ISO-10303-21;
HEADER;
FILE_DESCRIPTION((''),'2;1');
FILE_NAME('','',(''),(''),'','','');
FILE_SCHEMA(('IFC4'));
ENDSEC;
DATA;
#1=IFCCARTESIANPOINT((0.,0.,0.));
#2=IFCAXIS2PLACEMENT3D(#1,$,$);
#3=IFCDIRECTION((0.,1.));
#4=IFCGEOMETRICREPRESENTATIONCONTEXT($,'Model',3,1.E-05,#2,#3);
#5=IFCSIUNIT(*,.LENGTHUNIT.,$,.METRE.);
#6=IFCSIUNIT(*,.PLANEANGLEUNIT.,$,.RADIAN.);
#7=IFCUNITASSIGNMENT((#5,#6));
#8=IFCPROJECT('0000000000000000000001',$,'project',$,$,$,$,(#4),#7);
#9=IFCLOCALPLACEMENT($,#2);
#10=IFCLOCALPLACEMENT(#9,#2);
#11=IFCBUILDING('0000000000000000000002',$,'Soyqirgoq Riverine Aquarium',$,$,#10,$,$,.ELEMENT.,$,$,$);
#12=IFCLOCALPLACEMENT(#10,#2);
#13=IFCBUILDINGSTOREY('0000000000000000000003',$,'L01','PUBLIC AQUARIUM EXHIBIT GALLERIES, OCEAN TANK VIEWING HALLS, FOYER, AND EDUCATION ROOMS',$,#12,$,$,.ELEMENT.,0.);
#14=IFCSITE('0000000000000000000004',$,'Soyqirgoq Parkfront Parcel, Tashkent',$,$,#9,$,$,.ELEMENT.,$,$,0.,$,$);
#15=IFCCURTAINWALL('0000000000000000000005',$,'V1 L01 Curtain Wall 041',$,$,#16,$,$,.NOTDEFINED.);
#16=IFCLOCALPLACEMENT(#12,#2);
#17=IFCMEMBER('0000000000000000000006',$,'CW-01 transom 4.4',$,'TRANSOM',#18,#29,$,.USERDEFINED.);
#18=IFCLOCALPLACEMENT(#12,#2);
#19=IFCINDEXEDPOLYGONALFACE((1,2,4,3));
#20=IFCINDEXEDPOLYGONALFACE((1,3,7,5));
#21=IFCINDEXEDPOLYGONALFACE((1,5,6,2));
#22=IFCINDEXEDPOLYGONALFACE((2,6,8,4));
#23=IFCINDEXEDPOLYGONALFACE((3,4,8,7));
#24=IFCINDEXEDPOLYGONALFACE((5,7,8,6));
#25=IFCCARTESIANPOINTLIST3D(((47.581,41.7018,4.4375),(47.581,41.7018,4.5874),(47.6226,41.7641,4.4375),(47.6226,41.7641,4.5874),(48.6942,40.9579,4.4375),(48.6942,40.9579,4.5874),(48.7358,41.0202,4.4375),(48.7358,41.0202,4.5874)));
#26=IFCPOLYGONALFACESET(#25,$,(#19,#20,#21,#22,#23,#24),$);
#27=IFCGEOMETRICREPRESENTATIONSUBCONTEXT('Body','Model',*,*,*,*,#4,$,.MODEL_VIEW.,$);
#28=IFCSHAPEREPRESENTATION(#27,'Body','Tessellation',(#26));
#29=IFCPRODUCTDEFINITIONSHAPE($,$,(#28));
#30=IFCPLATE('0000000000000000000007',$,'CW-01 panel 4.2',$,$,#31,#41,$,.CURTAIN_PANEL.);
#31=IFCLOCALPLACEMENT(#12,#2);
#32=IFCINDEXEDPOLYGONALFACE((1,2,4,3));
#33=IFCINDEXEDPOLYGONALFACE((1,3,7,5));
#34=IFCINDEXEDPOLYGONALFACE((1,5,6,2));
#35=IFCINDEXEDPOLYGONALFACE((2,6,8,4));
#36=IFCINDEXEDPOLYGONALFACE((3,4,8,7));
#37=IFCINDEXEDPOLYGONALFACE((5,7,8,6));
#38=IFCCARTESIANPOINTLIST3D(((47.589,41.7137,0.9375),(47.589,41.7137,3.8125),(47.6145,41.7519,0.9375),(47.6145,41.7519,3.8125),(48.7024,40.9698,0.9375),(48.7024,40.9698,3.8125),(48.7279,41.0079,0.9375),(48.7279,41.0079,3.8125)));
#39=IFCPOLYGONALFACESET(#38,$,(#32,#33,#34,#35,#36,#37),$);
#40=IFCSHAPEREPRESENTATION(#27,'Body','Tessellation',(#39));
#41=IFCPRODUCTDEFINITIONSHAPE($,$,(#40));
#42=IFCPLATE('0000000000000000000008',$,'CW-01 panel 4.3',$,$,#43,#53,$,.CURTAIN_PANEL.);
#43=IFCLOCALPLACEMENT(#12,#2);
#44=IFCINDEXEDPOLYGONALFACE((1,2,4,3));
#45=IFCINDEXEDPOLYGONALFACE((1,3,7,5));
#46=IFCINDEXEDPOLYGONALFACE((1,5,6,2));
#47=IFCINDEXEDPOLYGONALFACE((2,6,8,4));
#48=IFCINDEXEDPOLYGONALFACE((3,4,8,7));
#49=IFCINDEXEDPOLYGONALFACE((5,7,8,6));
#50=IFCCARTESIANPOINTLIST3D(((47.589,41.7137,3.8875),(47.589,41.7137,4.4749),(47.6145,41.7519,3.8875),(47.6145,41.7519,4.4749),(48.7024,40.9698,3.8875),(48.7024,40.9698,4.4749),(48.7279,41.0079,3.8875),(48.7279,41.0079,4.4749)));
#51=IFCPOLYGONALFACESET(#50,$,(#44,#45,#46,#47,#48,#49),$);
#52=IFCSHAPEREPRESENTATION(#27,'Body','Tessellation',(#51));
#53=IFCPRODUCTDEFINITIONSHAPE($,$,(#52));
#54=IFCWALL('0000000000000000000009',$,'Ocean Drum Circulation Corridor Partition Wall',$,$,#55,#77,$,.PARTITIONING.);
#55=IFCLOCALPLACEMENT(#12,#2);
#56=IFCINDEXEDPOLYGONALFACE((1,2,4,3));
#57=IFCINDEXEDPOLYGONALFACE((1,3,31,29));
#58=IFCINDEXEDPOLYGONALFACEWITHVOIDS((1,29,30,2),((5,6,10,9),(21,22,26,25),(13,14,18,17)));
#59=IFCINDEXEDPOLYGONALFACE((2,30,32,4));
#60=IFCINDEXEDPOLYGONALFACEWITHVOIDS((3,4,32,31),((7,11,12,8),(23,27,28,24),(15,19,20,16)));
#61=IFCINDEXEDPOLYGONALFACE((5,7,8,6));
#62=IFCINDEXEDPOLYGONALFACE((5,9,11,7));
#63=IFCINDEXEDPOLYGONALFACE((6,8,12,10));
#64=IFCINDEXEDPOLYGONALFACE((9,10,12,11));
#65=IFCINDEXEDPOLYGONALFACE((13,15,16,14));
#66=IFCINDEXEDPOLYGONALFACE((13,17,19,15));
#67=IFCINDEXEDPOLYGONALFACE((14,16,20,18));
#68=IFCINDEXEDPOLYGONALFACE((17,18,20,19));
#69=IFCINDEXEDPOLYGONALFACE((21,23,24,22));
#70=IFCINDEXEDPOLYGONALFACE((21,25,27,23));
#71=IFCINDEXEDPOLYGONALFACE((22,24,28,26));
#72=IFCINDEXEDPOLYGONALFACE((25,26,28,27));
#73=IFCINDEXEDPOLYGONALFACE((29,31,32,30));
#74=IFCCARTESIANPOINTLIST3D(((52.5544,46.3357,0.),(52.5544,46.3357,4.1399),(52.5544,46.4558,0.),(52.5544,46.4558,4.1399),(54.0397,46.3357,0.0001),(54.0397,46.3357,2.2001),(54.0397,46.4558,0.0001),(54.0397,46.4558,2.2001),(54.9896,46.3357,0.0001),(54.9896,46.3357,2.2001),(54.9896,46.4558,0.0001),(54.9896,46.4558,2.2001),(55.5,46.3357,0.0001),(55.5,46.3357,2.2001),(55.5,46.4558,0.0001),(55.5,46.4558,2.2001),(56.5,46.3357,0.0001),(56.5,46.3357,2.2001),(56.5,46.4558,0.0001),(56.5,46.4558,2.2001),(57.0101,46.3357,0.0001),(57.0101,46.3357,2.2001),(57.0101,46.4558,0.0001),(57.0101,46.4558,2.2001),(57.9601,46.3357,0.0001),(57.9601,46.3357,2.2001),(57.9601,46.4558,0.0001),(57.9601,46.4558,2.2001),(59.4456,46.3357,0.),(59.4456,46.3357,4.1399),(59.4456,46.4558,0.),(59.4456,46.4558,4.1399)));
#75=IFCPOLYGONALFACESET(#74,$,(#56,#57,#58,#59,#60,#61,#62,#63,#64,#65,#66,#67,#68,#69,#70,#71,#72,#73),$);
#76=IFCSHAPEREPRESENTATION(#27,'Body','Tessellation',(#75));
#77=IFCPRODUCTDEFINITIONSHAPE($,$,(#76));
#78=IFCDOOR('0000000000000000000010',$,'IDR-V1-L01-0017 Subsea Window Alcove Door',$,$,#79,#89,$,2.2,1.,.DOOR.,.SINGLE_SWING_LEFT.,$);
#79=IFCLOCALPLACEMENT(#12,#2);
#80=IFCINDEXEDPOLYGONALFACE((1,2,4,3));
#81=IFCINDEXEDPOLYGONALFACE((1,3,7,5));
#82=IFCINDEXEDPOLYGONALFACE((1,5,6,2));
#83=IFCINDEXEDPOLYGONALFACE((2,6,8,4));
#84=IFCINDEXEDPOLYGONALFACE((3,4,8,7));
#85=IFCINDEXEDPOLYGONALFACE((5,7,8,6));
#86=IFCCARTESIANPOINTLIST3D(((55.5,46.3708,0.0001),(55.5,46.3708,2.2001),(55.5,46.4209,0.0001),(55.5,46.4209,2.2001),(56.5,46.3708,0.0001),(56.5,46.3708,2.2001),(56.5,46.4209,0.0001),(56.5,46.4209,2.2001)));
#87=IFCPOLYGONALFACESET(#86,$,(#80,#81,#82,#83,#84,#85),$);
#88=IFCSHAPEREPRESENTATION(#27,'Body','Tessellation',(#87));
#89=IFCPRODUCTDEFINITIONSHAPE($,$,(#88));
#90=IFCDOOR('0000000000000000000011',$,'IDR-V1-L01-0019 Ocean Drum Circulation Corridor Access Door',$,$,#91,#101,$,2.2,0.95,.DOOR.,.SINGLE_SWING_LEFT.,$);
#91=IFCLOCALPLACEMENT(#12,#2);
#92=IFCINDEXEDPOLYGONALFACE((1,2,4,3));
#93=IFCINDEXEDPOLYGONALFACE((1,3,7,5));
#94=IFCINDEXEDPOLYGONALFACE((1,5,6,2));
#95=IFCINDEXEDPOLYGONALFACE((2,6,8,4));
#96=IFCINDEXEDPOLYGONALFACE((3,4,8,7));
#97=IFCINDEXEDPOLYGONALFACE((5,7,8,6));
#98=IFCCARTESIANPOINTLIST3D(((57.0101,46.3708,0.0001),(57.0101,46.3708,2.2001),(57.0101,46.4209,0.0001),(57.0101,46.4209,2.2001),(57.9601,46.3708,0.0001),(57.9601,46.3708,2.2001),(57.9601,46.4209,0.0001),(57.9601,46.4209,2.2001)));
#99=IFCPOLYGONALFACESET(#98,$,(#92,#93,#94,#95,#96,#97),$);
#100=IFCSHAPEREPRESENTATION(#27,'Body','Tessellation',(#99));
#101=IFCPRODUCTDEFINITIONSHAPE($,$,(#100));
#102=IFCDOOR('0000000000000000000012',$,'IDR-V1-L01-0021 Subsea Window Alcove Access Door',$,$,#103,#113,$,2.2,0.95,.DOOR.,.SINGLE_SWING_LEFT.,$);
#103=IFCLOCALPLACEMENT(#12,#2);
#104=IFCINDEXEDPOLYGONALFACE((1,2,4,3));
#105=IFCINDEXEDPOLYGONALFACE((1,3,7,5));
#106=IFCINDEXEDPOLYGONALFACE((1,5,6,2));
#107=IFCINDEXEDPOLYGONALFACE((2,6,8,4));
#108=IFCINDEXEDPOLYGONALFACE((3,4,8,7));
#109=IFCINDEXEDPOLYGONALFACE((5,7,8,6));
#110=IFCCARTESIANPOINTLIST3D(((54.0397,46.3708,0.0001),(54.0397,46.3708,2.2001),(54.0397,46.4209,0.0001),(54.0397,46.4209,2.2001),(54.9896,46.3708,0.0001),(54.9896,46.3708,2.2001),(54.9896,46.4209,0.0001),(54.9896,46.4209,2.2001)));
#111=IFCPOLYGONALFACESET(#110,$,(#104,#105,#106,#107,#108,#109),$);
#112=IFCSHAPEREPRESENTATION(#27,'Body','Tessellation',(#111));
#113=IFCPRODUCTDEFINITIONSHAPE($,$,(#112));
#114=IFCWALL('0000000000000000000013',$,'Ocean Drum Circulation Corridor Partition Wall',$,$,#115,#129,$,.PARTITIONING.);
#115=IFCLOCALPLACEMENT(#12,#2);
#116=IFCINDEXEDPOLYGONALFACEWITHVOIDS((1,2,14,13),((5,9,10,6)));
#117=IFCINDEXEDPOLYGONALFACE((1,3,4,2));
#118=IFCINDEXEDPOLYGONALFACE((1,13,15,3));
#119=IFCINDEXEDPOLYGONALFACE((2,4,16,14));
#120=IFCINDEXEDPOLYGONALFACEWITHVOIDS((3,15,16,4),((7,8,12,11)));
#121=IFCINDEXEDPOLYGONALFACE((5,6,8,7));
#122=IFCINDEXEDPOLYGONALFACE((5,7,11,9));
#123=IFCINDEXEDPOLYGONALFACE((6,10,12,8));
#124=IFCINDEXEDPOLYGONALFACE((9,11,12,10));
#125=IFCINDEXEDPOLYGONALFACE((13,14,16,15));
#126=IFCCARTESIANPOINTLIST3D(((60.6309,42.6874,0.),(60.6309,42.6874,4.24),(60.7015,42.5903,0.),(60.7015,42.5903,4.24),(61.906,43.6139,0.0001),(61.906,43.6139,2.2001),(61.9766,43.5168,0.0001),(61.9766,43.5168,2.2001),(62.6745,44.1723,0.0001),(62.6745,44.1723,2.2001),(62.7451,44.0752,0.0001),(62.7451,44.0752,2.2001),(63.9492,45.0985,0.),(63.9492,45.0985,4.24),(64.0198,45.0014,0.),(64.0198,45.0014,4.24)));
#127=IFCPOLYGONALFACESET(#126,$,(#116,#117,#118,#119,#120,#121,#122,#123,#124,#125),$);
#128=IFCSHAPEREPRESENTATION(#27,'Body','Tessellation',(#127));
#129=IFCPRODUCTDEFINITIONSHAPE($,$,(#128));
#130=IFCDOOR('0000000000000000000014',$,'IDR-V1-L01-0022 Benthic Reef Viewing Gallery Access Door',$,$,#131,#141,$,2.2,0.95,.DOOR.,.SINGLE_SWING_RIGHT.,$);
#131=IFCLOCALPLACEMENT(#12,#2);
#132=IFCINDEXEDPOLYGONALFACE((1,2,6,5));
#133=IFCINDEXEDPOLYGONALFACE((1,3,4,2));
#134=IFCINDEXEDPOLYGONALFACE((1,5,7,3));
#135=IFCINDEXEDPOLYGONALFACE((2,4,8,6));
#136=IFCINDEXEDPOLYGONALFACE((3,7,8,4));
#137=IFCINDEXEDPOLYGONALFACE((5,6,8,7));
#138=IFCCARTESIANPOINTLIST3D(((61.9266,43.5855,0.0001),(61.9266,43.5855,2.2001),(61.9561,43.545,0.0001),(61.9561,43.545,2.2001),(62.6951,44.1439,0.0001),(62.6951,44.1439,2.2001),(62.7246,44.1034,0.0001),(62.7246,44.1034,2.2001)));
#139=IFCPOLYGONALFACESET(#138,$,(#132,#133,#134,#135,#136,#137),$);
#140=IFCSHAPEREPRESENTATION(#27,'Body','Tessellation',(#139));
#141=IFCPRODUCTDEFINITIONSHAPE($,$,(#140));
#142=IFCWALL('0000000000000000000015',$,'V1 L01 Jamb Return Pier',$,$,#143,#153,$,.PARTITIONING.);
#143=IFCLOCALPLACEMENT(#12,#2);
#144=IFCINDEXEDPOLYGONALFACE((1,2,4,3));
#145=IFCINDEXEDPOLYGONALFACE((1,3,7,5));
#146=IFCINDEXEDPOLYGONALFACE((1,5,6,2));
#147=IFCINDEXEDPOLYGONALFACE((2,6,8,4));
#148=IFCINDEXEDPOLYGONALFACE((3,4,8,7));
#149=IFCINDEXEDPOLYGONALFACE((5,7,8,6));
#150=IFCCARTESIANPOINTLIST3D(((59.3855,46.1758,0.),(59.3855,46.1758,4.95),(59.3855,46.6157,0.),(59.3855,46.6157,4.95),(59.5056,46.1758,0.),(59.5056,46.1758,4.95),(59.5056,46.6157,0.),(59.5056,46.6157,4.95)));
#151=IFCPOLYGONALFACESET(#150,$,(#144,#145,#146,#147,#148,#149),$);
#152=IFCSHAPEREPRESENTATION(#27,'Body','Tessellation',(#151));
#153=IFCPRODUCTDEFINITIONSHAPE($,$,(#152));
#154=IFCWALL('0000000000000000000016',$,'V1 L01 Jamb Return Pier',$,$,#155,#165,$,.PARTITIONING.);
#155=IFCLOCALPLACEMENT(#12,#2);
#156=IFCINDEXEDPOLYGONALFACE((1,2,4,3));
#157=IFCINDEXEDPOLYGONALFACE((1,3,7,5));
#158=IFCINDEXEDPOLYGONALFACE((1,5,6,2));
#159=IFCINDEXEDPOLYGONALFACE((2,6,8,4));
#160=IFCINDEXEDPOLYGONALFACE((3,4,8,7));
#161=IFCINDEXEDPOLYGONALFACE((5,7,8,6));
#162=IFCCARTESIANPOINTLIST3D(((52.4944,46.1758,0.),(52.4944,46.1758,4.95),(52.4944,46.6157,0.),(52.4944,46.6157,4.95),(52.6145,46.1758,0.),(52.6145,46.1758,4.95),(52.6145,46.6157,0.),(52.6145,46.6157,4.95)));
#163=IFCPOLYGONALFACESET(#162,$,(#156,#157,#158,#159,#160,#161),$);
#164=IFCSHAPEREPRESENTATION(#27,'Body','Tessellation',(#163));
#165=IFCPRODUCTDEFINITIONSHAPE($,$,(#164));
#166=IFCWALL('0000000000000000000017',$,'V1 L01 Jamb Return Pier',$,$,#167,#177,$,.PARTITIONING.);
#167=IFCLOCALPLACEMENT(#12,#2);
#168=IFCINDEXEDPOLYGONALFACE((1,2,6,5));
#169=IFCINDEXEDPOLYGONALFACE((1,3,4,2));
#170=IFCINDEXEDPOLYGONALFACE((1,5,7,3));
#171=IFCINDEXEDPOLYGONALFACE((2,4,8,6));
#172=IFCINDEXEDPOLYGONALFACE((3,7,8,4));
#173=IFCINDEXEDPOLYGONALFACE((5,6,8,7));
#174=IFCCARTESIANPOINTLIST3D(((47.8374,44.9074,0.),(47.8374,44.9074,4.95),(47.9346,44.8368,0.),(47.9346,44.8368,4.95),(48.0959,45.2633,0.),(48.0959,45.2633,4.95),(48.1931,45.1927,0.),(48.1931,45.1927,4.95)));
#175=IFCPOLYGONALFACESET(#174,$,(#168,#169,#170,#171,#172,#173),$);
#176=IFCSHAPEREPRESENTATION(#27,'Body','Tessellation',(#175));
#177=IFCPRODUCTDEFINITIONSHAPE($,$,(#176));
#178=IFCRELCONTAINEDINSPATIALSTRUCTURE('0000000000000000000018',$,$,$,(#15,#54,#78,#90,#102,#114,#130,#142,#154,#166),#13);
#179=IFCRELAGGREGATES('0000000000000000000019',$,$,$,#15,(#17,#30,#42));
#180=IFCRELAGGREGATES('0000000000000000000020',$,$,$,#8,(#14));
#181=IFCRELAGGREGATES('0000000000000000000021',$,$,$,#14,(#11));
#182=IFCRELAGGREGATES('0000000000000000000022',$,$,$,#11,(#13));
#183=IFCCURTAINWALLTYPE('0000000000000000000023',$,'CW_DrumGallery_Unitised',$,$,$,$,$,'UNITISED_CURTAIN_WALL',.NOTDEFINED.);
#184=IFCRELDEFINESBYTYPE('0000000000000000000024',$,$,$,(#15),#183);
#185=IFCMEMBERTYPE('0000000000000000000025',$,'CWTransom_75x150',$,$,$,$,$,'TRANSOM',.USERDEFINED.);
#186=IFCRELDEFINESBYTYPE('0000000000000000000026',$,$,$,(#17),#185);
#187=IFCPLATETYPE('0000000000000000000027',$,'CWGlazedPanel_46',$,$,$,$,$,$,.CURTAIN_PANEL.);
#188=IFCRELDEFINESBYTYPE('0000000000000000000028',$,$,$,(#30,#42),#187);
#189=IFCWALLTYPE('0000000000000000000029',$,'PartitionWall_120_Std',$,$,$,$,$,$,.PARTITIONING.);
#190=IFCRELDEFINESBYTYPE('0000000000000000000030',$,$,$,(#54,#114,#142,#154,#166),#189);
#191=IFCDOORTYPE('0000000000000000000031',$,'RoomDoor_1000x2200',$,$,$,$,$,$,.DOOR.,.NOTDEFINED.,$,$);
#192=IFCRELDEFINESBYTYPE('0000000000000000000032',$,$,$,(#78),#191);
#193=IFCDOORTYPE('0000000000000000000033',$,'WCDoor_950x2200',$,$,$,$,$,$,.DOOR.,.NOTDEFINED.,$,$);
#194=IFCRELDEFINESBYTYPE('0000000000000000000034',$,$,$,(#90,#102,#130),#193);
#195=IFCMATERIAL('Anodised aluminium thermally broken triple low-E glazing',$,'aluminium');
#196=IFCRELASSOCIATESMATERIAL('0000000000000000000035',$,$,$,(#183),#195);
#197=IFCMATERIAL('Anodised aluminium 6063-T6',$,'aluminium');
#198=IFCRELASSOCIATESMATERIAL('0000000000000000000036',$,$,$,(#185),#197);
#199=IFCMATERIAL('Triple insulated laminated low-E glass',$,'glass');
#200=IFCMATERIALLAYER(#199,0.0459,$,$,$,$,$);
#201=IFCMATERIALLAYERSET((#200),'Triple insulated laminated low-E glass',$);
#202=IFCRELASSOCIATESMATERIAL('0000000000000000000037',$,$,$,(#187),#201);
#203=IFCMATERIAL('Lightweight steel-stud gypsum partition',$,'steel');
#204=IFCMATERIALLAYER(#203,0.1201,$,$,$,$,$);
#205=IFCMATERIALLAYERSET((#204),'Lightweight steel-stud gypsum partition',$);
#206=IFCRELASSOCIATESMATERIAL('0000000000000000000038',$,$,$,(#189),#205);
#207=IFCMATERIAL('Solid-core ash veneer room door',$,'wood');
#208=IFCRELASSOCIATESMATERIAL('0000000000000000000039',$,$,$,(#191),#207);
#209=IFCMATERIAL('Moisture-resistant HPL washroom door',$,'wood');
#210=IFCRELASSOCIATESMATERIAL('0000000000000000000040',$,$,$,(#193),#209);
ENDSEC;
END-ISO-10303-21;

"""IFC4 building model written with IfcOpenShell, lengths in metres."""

from ifc_helpers import new_model, si_unit, direction, frame, frame_2d, origin, origin_2d, place, context, subcontext, project, spatial, rectangle, extrude, material, layer, layer_set, material_profile, profile_set, type_object, element, fill, aggregate, save


model = new_model("IFC4")

# Units and contexts
model_context = context("Model", 3, precision=1e-05, world=origin(), true_north=direction((0.0, 1.0)))
body_context = subcontext(model_context, "Body", "Model", "MODEL_VIEW")
ifc_project = project(units=[si_unit("LENGTHUNIT", "METRE"), si_unit("PLANEANGLEUNIT", "RADIAN")], contexts=[model_context])

# Site, building, storey
site_placement = place(None, origin())
site = spatial("IfcSite", under=ifc_project, at=site_placement, Name="Soyqirgoq Parkfront Parcel, Tashkent", CompositionType="ELEMENT", RefElevation=0.0)
building_placement = place(site_placement, origin())
building = spatial("IfcBuilding", under=site, at=building_placement, Name="Soyqirgoq Riverine Aquarium", CompositionType="ELEMENT")
storey_placement = place(building_placement, origin())
storey = spatial("IfcBuildingStorey", under=building, at=storey_placement, Name="L01", Description="PUBLIC AQUARIUM EXHIBIT GALLERIES, OCEAN TANK VIEWING HALLS, FOYER, AND EDUCATION ROOMS", CompositionType="ELEMENT", Elevation=0.0)

# Curtain wall, member, plates
ifc_material_1 = material(Name="Anodised aluminium thermally broken triple low-E glazing", Category="aluminium")
curtain_wall_type = type_object("IfcCurtainWallType", Name="CW_DrumGallery_Unitised", ElementType="UNITISED_CURTAIN_WALL", PredefinedType="NOTDEFINED", material=ifc_material_1)
curtain_wall_placement = place(storey_placement, origin())
curtain_wall = element("IfcCurtainWall", 1, at=curtain_wall_placement, inside=storey, type_object=curtain_wall_type, Name="V1 L01 Curtain Wall 041", PredefinedType="NOTDEFINED")
ifc_material_2 = material(Name="Anodised aluminium 6063-T6", Category="aluminium")
ifc_material_profile = material_profile(ifc_material_2, rectangle(XDim=0.075, YDim=0.1499, at=origin_2d()), Name="ALU-T 75x150")
ifc_profile_set = profile_set([ifc_material_profile], Name="Anodised aluminium 6063-T6")
member_type = type_object("IfcMemberType", Name="CWTransom_75x150", ElementType="TRANSOM", PredefinedType="USERDEFINED", material=ifc_profile_set)
member_placement = place(storey_placement, frame((47.6018, 41.7329, 4.5125), z_axis=(0.831461, -0.555584, 0.0), x_axis=(0.555584, 0.831461, 0.0)))
member = element("IfcMember", 2, at=member_placement, type_object=member_type, Name="CW-01 transom 4.4", ObjectType="TRANSOM", PredefinedType="USERDEFINED", context=body_context, shape_type="SweptSolid", body=[
    extrude(rectangle(XDim=0.075, YDim=0.1499, at=origin_2d()), origin(), (0.0, 0.0, 1.0), 1.3389),
])
ifc_material_3 = material(Name="Triple insulated laminated low-E glass", Category="glass")
ifc_layer_1 = layer(ifc_material_3, 0.0459)
ifc_layer_set_1 = layer_set([ifc_layer_1], Name="Triple insulated laminated low-E glass")
plate_type = type_object("IfcPlateType", Name="CWGlazedPanel_46", PredefinedType="CURTAIN_PANEL", material=ifc_layer_set_1)
plate_1_placement = place(storey_placement, frame((48.1584, 41.3608, 0.9375), z_axis=(0.0, 0.0, 1.0), x_axis=(0.831467, -0.555574, 0.0)))
plate_1 = element("IfcPlate", 3, at=plate_1_placement, type_object=plate_type, Name="CW-01 panel 4.2", PredefinedType="CURTAIN_PANEL", context=body_context, shape_type="SweptSolid", body=[
    extrude(rectangle(XDim=1.3391, YDim=0.0459, at=origin_2d()), origin(), (0.0, 0.0, 1.0), 2.875),
])
plate_2_placement = place(storey_placement, frame((48.1584, 41.3608, 3.8875), z_axis=(0.0, 0.0, 1.0), x_axis=(0.831467, -0.555574, 0.0)))
plate_2 = element("IfcPlate", 4, at=plate_2_placement, type_object=plate_type, Name="CW-01 panel 4.3", PredefinedType="CURTAIN_PANEL", context=body_context, shape_type="SweptSolid", body=[
    extrude(rectangle(XDim=1.3391, YDim=0.0459, at=origin_2d()), origin(), (0.0, 0.0, 1.0), 0.5874),
])
aggregate(curtain_wall, [member, plate_1, plate_2])

# Wall, openings, doors
ifc_material_4 = material(Name="Lightweight steel-stud gypsum partition", Category="steel")
ifc_layer_2 = layer(ifc_material_4, 0.1201)
ifc_layer_set_2 = layer_set([ifc_layer_2], Name="Lightweight steel-stud gypsum partition")
wall_type_1 = type_object("IfcWallType", Name="PartitionWall_120_Std", PredefinedType="PARTITIONING", material=ifc_layer_set_2)
wall_1_placement = place(storey_placement, frame((59.4456, 46.3958, 0.0), z_axis=(0.0, 0.0, 1.0), x_axis=(-1.0, 0.0, 0.0)))
wall_1 = element("IfcWall", 5, at=wall_1_placement, inside=storey, type_object=wall_type_1, Name="Ocean Drum Circulation Corridor Partition Wall", PredefinedType="PARTITIONING", context=body_context, shape_type="SweptSolid", body=[
    extrude(rectangle(XDim=6.8911, YDim=0.1201, at=frame_2d((3.4456, 0.0))), origin(), (0.0, 0.0, 1.0), 4.1399),
])
opening_1_placement = place(wall_1_placement, frame((2.9456, 0.0, 0.0)))
opening_1 = element("IfcOpeningElement", 6, at=opening_1_placement, cuts=wall_1, PredefinedType="OPENING", context=body_context, shape_type="SweptSolid", body=[
    extrude(rectangle(XDim=1.0, YDim=2.2, at=frame_2d((0.5, 1.1001))), frame((0.0, 0.0701, 0.0), z_axis=(0.0, -1.0, 0.0), x_axis=(1.0, 0.0, 0.0)), (0.0, 0.0, 1.0), 0.1401),
])
opening_2_placement = place(wall_1_placement, frame((1.4854, 0.0, 0.0)))
opening_2 = element("IfcOpeningElement", 7, at=opening_2_placement, cuts=wall_1, PredefinedType="OPENING", context=body_context, shape_type="SweptSolid", body=[
    extrude(rectangle(XDim=0.95, YDim=2.2, at=frame_2d((0.4751, 1.1001))), frame((0.0, 0.0701, 0.0), z_axis=(0.0, -1.0, 0.0), x_axis=(1.0, 0.0, 0.0)), (0.0, 0.0, 1.0), 0.1401),
])
opening_3_placement = place(wall_1_placement, frame((4.4558, 0.0, 0.0)))
opening_3 = element("IfcOpeningElement", 8, at=opening_3_placement, cuts=wall_1, PredefinedType="OPENING", context=body_context, shape_type="SweptSolid", body=[
    extrude(rectangle(XDim=0.95, YDim=2.2, at=frame_2d((0.4751, 1.1001))), frame((0.0, 0.0701, 0.0), z_axis=(0.0, -1.0, 0.0), x_axis=(1.0, 0.0, 0.0)), (0.0, 0.0, 1.0), 0.1401),
])
ifc_material_5 = material(Name="Solid-core ash veneer room door", Category="wood")
door_type_1 = type_object("IfcDoorType", Name="RoomDoor_1000x2200", OperationType="NOTDEFINED", PredefinedType="DOOR", material=ifc_material_5)
door_1_placement = place(opening_1_placement, origin())
door_1 = element("IfcDoor", 9, at=door_1_placement, inside=storey, type_object=door_type_1, Name="IDR-V1-L01-0017 Subsea Window Alcove Door", OperationType="SINGLE_SWING_LEFT", OverallHeight=2.2, OverallWidth=1.0, PredefinedType="DOOR", context=body_context, shape_type="SweptSolid", body=[
    extrude(rectangle(XDim=1.0, YDim=2.2, at=frame_2d((0.5, 1.1001))), frame((0.0, 0.0249, 0.0), z_axis=(0.0, -1.0, 0.0), x_axis=(1.0, 0.0, 0.0)), (0.0, 0.0, 1.0), 0.05),
])
fill(opening_1, door_1)
ifc_material_6 = material(Name="Moisture-resistant HPL washroom door", Category="wood")
door_type_2 = type_object("IfcDoorType", Name="WCDoor_950x2200", OperationType="NOTDEFINED", PredefinedType="DOOR", material=ifc_material_6)
door_2_placement = place(opening_2_placement, origin())
door_2 = element("IfcDoor", 10, at=door_2_placement, inside=storey, type_object=door_type_2, Name="IDR-V1-L01-0019 Ocean Drum Circulation Corridor Access Door", OperationType="SINGLE_SWING_LEFT", OverallHeight=2.2, OverallWidth=0.95, PredefinedType="DOOR", context=body_context, shape_type="SweptSolid", body=[
    extrude(rectangle(XDim=0.95, YDim=2.2, at=frame_2d((0.4751, 1.1001))), frame((0.0, 0.0249, 0.0), z_axis=(0.0, -1.0, 0.0), x_axis=(1.0, 0.0, 0.0)), (0.0, 0.0, 1.0), 0.05),
])
fill(opening_2, door_2)
door_3_placement = place(opening_3_placement, origin())
door_3 = element("IfcDoor", 11, at=door_3_placement, inside=storey, type_object=door_type_2, Name="IDR-V1-L01-0021 Subsea Window Alcove Access Door", OperationType="SINGLE_SWING_LEFT", OverallHeight=2.2, OverallWidth=0.95, PredefinedType="DOOR", context=body_context, shape_type="SweptSolid", body=[
    extrude(rectangle(XDim=0.95, YDim=2.2, at=frame_2d((0.4751, 1.1001))), frame((0.0, 0.0249, 0.0), z_axis=(0.0, -1.0, 0.0), x_axis=(1.0, 0.0, 0.0)), (0.0, 0.0, 1.0), 0.05),
])
fill(opening_3, door_3)

# Wall, opening, door
wall_2_placement = place(storey_placement, frame((60.6663, 42.6389, 0.0), z_axis=(0.0, 0.0, 1.0), x_axis=(0.808993, 0.587818, 0.0)))
wall_2 = element("IfcWall", 12, at=wall_2_placement, inside=storey, type_object=wall_type_1, Name="Ocean Drum Circulation Corridor Partition Wall", PredefinedType="PARTITIONING", context=body_context, shape_type="SweptSolid", body=[
    extrude(rectangle(XDim=4.1018, YDim=0.1201, at=frame_2d((2.0508, 0.0))), origin(), (0.0, 0.0, 1.0), 4.24),
])
opening_4_placement = place(wall_2_placement, frame((1.5759, 0.0, 0.0)))
opening_4 = element("IfcOpeningElement", 13, at=opening_4_placement, cuts=wall_2, PredefinedType="OPENING", context=body_context, shape_type="SweptSolid", body=[
    extrude(rectangle(XDim=0.95, YDim=2.2, at=frame_2d((0.4751, 1.1001))), frame((0.0, 0.0701, 0.0), z_axis=(0.0, -1.0, 0.0), x_axis=(1.0, 0.0, 0.0)), (0.0, 0.0, 1.0), 0.1401),
])
door_4_placement = place(opening_4_placement, origin())
door_4 = element("IfcDoor", 14, at=door_4_placement, inside=storey, type_object=door_type_2, Name="IDR-V1-L01-0022 Benthic Reef Viewing Gallery Access Door", OperationType="SINGLE_SWING_RIGHT", OverallHeight=2.2, OverallWidth=0.95, PredefinedType="DOOR", context=body_context, shape_type="SweptSolid", body=[
    extrude(rectangle(XDim=0.95, YDim=2.2, at=frame_2d((0.4751, 1.1001))), frame((0.0, 0.0249, 0.0), z_axis=(0.0, -1.0, 0.0), x_axis=(1.0, 0.0, 0.0)), (0.0, 0.0, 1.0), 0.05),
])
fill(opening_4, door_4)

# Walls
for number, where, z_axis, x_axis, name in (
    (15, (59.4456, 46.6157, 0.0), (0.0, 0.0, 1.0), (0.0, -1.0, 0.0), "V1 L01 Jamb Return Pier"),
    (16, (52.5544, 46.6157, 0.0), (0.0, 0.0, 1.0), (0.0, -1.0, 0.0), "V1 L01 Jamb Return Pier"),
    (17, (47.886, 44.8721, 0.0), (0.0, 0.0, 1.0), (0.587677, 0.809096, 0.0), "V1 L01 Jamb Return Pier"),
):
    element("IfcWall", number, at=place(storey_placement, frame(where, z_axis=z_axis, x_axis=x_axis)), inside=storey, type_object=wall_type_1, Name=name, PredefinedType="PARTITIONING", context=body_context, shape_type="SweptSolid", body=[
        extrude(rectangle(XDim=0.4399, YDim=0.1201, at=frame_2d((0.22, 0.0))), origin(), (0.0, 0.0, 1.0), 4.95),
    ])

save(model, "model.ifc")
